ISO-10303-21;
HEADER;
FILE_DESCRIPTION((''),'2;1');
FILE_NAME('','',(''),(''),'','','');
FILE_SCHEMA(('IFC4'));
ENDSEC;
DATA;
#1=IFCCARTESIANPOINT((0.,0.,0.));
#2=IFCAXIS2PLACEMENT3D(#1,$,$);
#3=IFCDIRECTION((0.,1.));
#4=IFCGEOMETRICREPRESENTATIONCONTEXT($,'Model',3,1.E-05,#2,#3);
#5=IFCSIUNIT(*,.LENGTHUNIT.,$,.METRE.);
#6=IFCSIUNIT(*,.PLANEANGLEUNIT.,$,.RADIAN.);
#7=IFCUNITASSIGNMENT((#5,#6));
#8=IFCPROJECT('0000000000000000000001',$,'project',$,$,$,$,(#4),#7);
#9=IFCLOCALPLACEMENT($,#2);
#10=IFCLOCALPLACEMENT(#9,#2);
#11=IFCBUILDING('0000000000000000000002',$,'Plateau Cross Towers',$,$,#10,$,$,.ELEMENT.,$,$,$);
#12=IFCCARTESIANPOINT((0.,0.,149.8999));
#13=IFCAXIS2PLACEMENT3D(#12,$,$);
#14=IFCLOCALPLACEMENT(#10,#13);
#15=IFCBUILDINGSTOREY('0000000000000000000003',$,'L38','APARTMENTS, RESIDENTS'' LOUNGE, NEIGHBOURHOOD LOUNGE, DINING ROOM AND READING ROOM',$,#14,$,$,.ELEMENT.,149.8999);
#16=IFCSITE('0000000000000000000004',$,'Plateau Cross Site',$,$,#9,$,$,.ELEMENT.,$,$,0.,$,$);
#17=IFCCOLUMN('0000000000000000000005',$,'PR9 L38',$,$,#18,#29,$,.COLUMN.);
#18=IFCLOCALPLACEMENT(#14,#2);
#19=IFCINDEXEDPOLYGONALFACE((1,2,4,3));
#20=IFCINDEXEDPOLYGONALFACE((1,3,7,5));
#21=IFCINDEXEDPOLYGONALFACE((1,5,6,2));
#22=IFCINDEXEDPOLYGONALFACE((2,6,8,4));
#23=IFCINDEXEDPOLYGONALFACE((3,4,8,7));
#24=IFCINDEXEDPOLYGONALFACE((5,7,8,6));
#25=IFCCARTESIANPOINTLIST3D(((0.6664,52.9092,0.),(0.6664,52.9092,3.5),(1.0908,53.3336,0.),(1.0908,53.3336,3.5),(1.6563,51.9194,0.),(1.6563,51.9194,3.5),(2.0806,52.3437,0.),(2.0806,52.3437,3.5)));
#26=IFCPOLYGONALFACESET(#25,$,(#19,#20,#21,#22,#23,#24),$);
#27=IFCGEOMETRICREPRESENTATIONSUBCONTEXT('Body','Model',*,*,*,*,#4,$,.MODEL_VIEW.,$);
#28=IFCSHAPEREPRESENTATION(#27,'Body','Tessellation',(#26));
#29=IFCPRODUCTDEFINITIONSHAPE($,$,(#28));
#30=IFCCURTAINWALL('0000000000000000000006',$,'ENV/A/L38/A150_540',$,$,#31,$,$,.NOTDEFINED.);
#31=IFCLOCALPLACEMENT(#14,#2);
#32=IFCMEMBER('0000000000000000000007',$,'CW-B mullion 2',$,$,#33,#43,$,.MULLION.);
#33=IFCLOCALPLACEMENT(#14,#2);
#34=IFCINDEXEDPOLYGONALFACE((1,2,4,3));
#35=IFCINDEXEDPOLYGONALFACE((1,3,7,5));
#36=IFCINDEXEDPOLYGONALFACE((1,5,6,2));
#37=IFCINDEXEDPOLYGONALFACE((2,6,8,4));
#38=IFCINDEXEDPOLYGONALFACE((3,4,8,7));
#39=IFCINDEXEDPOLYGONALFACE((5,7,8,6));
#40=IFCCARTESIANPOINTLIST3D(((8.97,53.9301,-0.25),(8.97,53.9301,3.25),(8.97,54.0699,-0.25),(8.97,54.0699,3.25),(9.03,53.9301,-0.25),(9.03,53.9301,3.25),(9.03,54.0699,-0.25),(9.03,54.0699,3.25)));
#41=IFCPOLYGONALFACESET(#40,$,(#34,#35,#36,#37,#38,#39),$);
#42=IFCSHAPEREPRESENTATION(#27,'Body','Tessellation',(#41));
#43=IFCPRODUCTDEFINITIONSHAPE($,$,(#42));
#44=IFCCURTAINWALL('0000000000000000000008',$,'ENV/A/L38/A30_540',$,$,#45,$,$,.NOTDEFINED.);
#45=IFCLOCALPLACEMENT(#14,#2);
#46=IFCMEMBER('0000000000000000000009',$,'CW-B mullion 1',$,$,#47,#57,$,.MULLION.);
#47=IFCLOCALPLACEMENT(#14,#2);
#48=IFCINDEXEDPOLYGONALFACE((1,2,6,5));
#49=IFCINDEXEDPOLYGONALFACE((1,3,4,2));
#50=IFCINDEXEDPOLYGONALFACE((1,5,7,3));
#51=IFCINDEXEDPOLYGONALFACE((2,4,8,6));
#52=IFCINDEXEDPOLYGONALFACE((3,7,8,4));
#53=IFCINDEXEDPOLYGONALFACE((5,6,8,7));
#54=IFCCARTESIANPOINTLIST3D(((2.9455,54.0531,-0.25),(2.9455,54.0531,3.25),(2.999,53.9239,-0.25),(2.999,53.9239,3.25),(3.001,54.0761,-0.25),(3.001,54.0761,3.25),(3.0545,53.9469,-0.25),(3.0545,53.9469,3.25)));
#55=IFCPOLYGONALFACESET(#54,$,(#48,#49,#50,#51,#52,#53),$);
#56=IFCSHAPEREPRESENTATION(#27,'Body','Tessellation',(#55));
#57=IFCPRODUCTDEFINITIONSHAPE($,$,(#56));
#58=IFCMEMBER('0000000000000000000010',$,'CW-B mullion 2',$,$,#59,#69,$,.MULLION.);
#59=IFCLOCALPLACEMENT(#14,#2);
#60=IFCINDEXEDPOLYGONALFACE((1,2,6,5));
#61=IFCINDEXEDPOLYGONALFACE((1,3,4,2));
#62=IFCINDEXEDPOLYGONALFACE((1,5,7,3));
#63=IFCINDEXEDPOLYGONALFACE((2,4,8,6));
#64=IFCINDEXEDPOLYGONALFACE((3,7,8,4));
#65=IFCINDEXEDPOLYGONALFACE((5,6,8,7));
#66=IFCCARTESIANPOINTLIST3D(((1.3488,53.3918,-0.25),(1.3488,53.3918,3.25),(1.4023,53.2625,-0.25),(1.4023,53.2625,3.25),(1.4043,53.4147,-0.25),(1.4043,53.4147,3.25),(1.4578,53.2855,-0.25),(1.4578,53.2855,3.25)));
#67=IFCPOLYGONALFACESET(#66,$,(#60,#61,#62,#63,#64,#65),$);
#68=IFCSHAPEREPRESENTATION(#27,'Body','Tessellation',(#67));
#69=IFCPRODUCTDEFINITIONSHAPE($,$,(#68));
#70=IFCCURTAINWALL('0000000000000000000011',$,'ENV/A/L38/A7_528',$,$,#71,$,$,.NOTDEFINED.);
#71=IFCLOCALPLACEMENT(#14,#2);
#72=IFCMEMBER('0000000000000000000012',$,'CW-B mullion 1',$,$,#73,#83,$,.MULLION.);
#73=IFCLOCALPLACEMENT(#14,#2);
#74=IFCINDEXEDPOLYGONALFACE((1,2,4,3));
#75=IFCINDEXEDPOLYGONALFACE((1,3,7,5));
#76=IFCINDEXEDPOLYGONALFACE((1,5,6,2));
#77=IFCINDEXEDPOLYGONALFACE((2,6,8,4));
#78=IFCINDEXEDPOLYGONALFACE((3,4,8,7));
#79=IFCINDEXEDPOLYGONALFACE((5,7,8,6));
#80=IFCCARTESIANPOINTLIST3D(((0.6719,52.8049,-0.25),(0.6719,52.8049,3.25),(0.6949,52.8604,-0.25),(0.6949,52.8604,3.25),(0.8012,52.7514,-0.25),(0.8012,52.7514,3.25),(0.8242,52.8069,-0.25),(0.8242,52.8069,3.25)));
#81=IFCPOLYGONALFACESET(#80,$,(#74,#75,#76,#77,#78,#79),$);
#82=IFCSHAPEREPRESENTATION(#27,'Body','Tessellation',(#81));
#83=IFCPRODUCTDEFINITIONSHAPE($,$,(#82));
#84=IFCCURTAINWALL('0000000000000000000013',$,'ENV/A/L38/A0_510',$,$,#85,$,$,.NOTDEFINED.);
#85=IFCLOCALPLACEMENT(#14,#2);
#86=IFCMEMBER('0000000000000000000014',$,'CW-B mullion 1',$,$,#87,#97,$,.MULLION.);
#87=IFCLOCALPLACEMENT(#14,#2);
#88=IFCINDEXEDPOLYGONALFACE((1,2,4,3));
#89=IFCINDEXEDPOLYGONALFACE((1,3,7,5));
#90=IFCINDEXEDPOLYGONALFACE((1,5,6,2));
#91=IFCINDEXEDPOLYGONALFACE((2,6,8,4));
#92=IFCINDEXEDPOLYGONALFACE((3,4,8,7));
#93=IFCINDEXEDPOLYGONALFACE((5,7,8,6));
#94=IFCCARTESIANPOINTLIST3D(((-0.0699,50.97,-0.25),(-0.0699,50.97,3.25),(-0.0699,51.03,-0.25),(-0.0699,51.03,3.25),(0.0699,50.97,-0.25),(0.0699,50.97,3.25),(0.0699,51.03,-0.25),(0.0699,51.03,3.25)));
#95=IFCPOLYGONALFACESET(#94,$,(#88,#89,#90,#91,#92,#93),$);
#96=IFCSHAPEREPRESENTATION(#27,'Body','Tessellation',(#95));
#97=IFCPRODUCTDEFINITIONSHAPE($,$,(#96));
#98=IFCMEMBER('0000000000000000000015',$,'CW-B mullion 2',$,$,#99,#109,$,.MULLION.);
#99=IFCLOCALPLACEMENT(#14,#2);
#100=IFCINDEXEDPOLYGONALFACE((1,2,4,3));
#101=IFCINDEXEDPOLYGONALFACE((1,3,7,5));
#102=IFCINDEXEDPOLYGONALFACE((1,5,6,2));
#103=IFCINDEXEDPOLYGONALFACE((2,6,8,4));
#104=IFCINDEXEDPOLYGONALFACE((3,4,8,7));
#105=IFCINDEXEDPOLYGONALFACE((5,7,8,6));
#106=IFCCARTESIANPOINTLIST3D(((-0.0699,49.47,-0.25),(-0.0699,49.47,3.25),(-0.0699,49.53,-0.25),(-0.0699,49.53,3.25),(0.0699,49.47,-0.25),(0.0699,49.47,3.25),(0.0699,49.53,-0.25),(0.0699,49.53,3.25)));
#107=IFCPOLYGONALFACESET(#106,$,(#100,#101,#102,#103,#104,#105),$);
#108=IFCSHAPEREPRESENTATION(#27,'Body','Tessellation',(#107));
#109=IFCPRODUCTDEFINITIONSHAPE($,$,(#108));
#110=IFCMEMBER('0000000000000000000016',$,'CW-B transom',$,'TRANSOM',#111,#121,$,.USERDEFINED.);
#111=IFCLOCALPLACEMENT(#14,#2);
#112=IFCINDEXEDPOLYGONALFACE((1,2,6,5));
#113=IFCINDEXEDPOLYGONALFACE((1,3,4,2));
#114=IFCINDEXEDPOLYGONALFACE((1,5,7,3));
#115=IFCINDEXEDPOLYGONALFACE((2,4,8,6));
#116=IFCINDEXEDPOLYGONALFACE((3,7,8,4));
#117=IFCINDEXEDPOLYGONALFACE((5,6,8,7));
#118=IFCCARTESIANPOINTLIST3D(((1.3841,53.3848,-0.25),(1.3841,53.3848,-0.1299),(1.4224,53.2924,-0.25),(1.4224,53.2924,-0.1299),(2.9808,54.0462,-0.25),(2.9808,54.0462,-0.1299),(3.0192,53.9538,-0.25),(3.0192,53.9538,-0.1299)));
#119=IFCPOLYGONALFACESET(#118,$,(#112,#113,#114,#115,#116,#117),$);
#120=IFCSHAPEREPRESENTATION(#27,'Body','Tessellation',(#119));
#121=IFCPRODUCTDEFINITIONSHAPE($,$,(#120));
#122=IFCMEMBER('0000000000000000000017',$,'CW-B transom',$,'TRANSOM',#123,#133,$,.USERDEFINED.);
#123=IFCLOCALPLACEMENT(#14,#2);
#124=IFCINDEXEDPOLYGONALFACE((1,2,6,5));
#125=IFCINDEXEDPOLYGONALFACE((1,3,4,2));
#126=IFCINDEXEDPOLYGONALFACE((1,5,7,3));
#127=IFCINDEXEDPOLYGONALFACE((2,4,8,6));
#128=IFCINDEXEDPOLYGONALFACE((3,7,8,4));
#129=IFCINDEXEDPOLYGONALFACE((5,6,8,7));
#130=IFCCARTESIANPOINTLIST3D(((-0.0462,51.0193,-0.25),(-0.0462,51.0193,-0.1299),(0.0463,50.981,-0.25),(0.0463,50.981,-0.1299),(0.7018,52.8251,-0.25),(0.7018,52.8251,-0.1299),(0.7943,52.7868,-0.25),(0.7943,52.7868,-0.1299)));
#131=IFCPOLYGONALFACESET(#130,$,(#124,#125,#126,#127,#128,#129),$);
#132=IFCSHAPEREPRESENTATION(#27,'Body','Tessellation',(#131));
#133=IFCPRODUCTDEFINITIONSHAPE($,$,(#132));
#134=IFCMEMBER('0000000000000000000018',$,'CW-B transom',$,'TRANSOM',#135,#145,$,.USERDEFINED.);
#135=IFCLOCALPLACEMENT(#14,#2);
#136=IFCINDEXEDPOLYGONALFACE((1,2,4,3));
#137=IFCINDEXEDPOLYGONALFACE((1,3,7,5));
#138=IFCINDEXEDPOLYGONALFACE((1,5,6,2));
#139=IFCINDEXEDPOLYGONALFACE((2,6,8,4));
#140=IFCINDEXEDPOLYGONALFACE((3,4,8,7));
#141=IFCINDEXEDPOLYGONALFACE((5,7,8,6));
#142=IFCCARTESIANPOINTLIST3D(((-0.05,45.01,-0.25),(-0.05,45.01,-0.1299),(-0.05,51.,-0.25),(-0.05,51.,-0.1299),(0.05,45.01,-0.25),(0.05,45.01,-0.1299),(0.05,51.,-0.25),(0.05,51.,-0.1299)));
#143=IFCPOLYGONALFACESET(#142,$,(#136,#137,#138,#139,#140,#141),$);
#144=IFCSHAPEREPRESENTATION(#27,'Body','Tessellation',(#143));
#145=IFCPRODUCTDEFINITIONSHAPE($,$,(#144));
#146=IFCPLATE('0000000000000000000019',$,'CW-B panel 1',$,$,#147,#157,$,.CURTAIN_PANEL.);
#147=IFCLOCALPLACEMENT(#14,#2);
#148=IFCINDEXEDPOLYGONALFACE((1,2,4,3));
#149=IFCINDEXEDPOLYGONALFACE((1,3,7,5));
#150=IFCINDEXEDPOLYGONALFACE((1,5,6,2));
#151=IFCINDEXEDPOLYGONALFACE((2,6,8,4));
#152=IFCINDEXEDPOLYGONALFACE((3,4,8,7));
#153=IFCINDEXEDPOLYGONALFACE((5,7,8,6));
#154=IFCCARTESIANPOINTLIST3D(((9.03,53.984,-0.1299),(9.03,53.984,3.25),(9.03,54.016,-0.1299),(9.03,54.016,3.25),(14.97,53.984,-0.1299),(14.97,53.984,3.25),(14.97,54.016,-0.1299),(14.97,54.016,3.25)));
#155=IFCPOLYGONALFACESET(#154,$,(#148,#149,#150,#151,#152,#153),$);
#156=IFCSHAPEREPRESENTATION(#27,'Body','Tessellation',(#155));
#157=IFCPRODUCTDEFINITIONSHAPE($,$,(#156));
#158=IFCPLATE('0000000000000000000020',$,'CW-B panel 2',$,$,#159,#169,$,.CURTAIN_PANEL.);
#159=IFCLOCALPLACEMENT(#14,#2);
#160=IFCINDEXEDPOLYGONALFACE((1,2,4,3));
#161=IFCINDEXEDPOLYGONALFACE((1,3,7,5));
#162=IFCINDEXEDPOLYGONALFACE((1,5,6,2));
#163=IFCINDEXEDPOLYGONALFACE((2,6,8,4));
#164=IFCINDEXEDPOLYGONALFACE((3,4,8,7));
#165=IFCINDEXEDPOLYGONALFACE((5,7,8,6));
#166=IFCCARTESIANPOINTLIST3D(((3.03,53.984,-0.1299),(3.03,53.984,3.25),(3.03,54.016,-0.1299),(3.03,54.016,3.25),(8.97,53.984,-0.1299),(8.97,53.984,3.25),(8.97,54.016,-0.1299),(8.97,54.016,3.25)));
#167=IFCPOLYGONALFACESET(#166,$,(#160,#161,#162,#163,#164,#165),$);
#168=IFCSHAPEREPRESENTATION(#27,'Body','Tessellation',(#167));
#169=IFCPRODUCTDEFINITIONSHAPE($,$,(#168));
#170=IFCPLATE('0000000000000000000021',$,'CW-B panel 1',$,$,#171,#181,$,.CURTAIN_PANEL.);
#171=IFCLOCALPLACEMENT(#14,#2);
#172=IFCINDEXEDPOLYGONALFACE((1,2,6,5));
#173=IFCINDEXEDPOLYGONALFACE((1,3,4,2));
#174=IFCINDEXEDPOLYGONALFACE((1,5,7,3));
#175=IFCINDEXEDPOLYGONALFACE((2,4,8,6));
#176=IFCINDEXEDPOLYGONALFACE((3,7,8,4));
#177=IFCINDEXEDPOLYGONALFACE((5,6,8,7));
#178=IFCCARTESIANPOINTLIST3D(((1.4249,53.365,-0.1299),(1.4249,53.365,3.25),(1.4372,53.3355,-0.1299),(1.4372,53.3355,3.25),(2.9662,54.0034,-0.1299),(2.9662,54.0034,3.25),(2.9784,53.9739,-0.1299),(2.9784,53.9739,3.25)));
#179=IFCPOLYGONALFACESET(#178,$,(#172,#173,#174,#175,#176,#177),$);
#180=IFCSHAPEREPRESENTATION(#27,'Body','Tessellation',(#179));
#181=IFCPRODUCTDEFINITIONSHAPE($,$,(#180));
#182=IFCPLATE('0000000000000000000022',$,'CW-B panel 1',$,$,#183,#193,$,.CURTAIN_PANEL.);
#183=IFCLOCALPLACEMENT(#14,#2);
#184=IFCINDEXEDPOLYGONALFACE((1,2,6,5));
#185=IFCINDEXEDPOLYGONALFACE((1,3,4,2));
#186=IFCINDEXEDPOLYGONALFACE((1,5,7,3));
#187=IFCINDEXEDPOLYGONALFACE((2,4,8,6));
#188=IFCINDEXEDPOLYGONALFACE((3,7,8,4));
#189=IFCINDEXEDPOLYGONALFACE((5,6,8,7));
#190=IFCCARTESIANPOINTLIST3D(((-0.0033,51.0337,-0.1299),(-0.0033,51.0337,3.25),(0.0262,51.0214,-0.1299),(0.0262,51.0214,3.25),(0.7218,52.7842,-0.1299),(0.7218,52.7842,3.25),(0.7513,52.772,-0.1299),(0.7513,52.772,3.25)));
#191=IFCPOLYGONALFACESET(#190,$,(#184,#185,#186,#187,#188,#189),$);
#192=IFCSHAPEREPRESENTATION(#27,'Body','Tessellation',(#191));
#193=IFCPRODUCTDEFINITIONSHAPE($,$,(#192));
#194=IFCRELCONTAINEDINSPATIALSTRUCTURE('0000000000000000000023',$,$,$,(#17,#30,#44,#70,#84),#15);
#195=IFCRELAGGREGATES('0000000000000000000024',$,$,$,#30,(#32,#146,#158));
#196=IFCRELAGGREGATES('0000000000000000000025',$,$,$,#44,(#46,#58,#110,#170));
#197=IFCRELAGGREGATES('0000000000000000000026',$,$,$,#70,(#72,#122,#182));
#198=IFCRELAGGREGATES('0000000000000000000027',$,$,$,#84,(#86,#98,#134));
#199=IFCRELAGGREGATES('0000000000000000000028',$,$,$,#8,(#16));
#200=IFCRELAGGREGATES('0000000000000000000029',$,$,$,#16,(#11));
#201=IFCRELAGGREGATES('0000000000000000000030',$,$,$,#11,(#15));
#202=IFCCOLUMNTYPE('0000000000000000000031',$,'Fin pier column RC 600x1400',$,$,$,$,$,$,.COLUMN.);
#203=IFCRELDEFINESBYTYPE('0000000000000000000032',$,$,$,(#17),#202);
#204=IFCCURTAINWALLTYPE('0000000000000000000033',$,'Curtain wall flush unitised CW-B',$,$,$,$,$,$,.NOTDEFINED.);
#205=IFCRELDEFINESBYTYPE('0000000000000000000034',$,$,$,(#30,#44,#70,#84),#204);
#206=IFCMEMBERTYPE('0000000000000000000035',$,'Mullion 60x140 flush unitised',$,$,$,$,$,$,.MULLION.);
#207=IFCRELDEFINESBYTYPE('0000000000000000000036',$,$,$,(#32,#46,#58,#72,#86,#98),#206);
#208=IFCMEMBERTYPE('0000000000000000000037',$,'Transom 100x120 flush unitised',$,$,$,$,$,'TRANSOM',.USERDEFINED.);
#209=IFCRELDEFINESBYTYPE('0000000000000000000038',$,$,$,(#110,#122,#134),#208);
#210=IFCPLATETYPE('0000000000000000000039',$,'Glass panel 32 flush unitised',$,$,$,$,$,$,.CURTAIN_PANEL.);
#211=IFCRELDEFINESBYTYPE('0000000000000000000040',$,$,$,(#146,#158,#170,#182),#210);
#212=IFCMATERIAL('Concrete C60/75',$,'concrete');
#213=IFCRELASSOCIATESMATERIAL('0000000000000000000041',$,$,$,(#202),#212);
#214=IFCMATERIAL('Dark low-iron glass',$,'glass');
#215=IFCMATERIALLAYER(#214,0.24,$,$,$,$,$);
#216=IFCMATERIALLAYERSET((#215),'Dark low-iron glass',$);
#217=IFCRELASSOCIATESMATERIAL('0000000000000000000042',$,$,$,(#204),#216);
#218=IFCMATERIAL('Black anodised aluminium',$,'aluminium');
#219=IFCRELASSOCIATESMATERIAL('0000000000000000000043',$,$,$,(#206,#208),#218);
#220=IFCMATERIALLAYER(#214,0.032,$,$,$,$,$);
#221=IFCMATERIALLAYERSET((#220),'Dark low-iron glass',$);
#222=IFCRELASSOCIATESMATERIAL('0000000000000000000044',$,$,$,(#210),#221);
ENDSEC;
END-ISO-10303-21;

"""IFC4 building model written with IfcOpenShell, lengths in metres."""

from ifc_helpers import new_model, si_unit, direction, frame, origin, origin_2d, place, context, subcontext, project, spatial, rectangle, extrude, material, layer, layer_set, material_profile, profile_set, type_object, element, aggregate, save


model = new_model("IFC4")

# Units and contexts
model_context = context("Model", 3, precision=1e-05, world=origin(), true_north=direction((0.0, 1.0)))
body_context = subcontext(model_context, "Body", "Model", "MODEL_VIEW")
ifc_project = project(units=[si_unit("LENGTHUNIT", "METRE"), si_unit("PLANEANGLEUNIT", "RADIAN")], contexts=[model_context])

# Site, building, storey
site_placement = place(None, origin())
site = spatial("IfcSite", under=ifc_project, at=site_placement, Name="Plateau Cross Site", CompositionType="ELEMENT", RefElevation=0.0)
building_placement = place(site_placement, origin())
building = spatial("IfcBuilding", under=site, at=building_placement, Name="Plateau Cross Towers", CompositionType="ELEMENT")
storey_placement = place(building_placement, frame((0.0, 0.0, 149.8999)))
storey = spatial("IfcBuildingStorey", under=building, at=storey_placement, Name="L38", Description="APARTMENTS, RESIDENTS' LOUNGE, NEIGHBOURHOOD LOUNGE, DINING ROOM AND READING ROOM", CompositionType="ELEMENT", Elevation=149.8999)

# Column
ifc_material_1 = material(Name="Concrete C60/75", Category="concrete")
ifc_material_profile_1 = material_profile(ifc_material_1, rectangle(XDim=0.6001, YDim=1.3999, at=origin_2d()), Name="RC 600x1400")
ifc_profile_set_1 = profile_set([ifc_material_profile_1], Name="Concrete C60/75")
column_type = type_object("IfcColumnType", Name="Fin pier column RC 600x1400", PredefinedType="COLUMN", material=ifc_profile_set_1)
column_placement = place(storey_placement, frame((1.3735, 52.6265, 0.0), z_axis=(0.0, 0.0, 1.0), x_axis=(0.707107, 0.707107, 0.0)))
element("IfcColumn", 1, at=column_placement, inside=storey, type_object=column_type, Name="PR9 L38", PredefinedType="COLUMN", context=body_context, shape_type="SweptSolid", body=[
    extrude(rectangle(XDim=0.6001, YDim=1.3999, at=origin_2d()), origin(), (0.0, 0.0, 1.0), 3.5),
])

# Curtain wall, member
ifc_material_2 = material(Name="Dark low-iron glass", Category="glass")
ifc_layer_1 = layer(ifc_material_2, 0.24)
ifc_layer_set_1 = layer_set([ifc_layer_1], Name="Dark low-iron glass")
curtain_wall_type = type_object("IfcCurtainWallType", Name="Curtain wall flush unitised CW-B", PredefinedType="NOTDEFINED", material=ifc_layer_set_1)
curtain_wall_1_placement = place(storey_placement, origin())
curtain_wall_1 = element("IfcCurtainWall", 2, at=curtain_wall_1_placement, inside=storey, type_object=curtain_wall_type, Name="ENV/A/L38/A150_540", PredefinedType="NOTDEFINED")
ifc_material_3 = material(Name="Black anodised aluminium", Category="aluminium")
ifc_material_profile_2 = material_profile(ifc_material_3, rectangle(XDim=0.0601, YDim=0.1399, at=origin_2d()), Name="MULLION 60x140")
ifc_profile_set_2 = profile_set([ifc_material_profile_2], Name="Black anodised aluminium")
member_type_1 = type_object("IfcMemberType", Name="Mullion 60x140 flush unitised", PredefinedType="MULLION", material=ifc_profile_set_2)
member_1_placement = place(storey_placement, frame((9.0, 54.0, -0.25), z_axis=(0.0, 0.0, 1.0), x_axis=(-1.0, 0.0, 0.0)))
member_1 = element("IfcMember", 3, at=member_1_placement, type_object=member_type_1, Name="CW-B mullion 2", PredefinedType="MULLION", context=body_context, shape_type="SweptSolid", body=[
    extrude(rectangle(XDim=0.0601, YDim=0.1399, at=origin_2d()), origin(), (0.0, 0.0, 1.0), 3.5),
])

# Curtain wall, members
curtain_wall_2_placement = place(storey_placement, origin())
curtain_wall_2 = element("IfcCurtainWall", 4, at=curtain_wall_2_placement, inside=storey, type_object=curtain_wall_type, Name="ENV/A/L38/A30_540", PredefinedType="NOTDEFINED")
member_2_placement = place(storey_placement, frame((3.0, 54.0, -0.25), z_axis=(0.0, 0.0, 1.0), x_axis=(-0.923879, -0.382684, 0.0)))
member_2 = element("IfcMember", 5, at=member_2_placement, type_object=member_type_1, Name="CW-B mullion 1", PredefinedType="MULLION", context=body_context, shape_type="SweptSolid", body=[
    extrude(rectangle(XDim=0.0601, YDim=0.1399, at=origin_2d()), origin(), (0.0, 0.0, 1.0), 3.5),
])
member_3_placement = place(storey_placement, frame((1.4033, 53.3386, -0.25), z_axis=(0.0, 0.0, 1.0), x_axis=(-0.923879, -0.382684, 0.0)))
member_3 = element("IfcMember", 6, at=member_3_placement, type_object=member_type_1, Name="CW-B mullion 2", PredefinedType="MULLION", context=body_context, shape_type="SweptSolid", body=[
    extrude(rectangle(XDim=0.0601, YDim=0.1399, at=origin_2d()), origin(), (0.0, 0.0, 1.0), 3.5),
])

# Curtain wall, member
curtain_wall_3_placement = place(storey_placement, origin())
curtain_wall_3 = element("IfcCurtainWall", 7, at=curtain_wall_3_placement, inside=storey, type_object=curtain_wall_type, Name="ENV/A/L38/A7_528", PredefinedType="NOTDEFINED")
member_4_placement = place(storey_placement, frame((0.748, 52.8059, -0.25), z_axis=(0.0, 0.0, 1.0), x_axis=(-0.382684, -0.923879, 0.0)))
member_4 = element("IfcMember", 8, at=member_4_placement, type_object=member_type_1, Name="CW-B mullion 1", PredefinedType="MULLION", context=body_context, shape_type="SweptSolid", body=[
    extrude(rectangle(XDim=0.0601, YDim=0.1399, at=origin_2d()), origin(), (0.0, 0.0, 1.0), 3.5),
])

# Curtain wall, members
curtain_wall_4_placement = place(storey_placement, origin())
curtain_wall_4 = element("IfcCurtainWall", 9, at=curtain_wall_4_placement, inside=storey, type_object=curtain_wall_type, Name="ENV/A/L38/A0_510", PredefinedType="NOTDEFINED")
member_5_placement = place(storey_placement, frame((0.0, 51.0, -0.25), z_axis=(0.0, 0.0, 1.0), x_axis=(0.0, -1.0, 0.0)))
member_5 = element("IfcMember", 10, at=member_5_placement, type_object=member_type_1, Name="CW-B mullion 1", PredefinedType="MULLION", context=body_context, shape_type="SweptSolid", body=[
    extrude(rectangle(XDim=0.0601, YDim=0.1399, at=origin_2d()), origin(), (0.0, 0.0, 1.0), 3.5),
])
member_6_placement = place(storey_placement, frame((0.0, 49.5, -0.25), z_axis=(0.0, 0.0, 1.0), x_axis=(0.0, -1.0, 0.0)))
member_6 = element("IfcMember", 11, at=member_6_placement, type_object=member_type_1, Name="CW-B mullion 2", PredefinedType="MULLION", context=body_context, shape_type="SweptSolid", body=[
    extrude(rectangle(XDim=0.0601, YDim=0.1399, at=origin_2d()), origin(), (0.0, 0.0, 1.0), 3.5),
])

# Members
ifc_material_profile_3 = material_profile(ifc_material_3, rectangle(XDim=0.1001, YDim=0.1201, at=origin_2d()), Name="TRANSOM 100x120")
ifc_profile_set_3 = profile_set([ifc_material_profile_3], Name="Black anodised aluminium")
member_type_2 = type_object("IfcMemberType", Name="Transom 100x120 flush unitised", ElementType="TRANSOM", PredefinedType="USERDEFINED", material=ifc_profile_set_3)
member_7_placement = place(storey_placement, frame((3.0, 54.0, -0.1899), z_axis=(-0.923877, -0.382689, 0.0), x_axis=(0.382689, -0.923877, 0.0)))
member_7 = element("IfcMember", 12, at=member_7_placement, type_object=member_type_2, Name="CW-B transom", ObjectType="TRANSOM", PredefinedType="USERDEFINED", context=body_context, shape_type="SweptSolid", body=[
    extrude(rectangle(XDim=0.1001, YDim=0.1201, at=origin_2d()), origin(), (0.0, 0.0, 1.0), 1.7283),
])
member_8_placement = place(storey_placement, frame((0.748, 52.8059, -0.1899), z_axis=(-0.38269, -0.923877, 0.0), x_axis=(0.923877, -0.38269, 0.0)))
member_8 = element("IfcMember", 13, at=member_8_placement, type_object=member_type_2, Name="CW-B transom", ObjectType="TRANSOM", PredefinedType="USERDEFINED", context=body_context, shape_type="SweptSolid", body=[
    extrude(rectangle(XDim=0.1001, YDim=0.1201, at=origin_2d()), origin(), (0.0, 0.0, 1.0), 1.9546),
])
member_9_placement = place(storey_placement, frame((0.0, 51.0, -0.1899), z_axis=(0.0, -1.0, 0.0), x_axis=(1.0, 0.0, 0.0)))
member_9 = element("IfcMember", 14, at=member_9_placement, type_object=member_type_2, Name="CW-B transom", ObjectType="TRANSOM", PredefinedType="USERDEFINED", context=body_context, shape_type="SweptSolid", body=[
    extrude(rectangle(XDim=0.1001, YDim=0.1201, at=origin_2d()), origin(), (0.0, 0.0, 1.0), 5.99),
])

# Plates
ifc_layer_2 = layer(ifc_material_2, 0.032)
ifc_layer_set_2 = layer_set([ifc_layer_2], Name="Dark low-iron glass")
plate_type = type_object("IfcPlateType", Name="Glass panel 32 flush unitised", PredefinedType="CURTAIN_PANEL", material=ifc_layer_set_2)
plate_1_placement = place(storey_placement, frame((12.0, 54.0, -0.1299), z_axis=(0.0, 0.0, 1.0), x_axis=(-1.0, 0.0, 0.0)))
plate_1 = element("IfcPlate", 15, at=plate_1_placement, type_object=plate_type, Name="CW-B panel 1", PredefinedType="CURTAIN_PANEL", context=body_context, shape_type="SweptSolid", body=[
    extrude(rectangle(XDim=5.9399, YDim=0.032, at=origin_2d()), origin(), (0.0, 0.0, 1.0), 3.3799),
])
plate_2_placement = place(storey_placement, frame((6.0, 54.0, -0.1299), z_axis=(0.0, 0.0, 1.0), x_axis=(-1.0, 0.0, 0.0)))
plate_2 = element("IfcPlate", 16, at=plate_2_placement, type_object=plate_type, Name="CW-B panel 2", PredefinedType="CURTAIN_PANEL", context=body_context, shape_type="SweptSolid", body=[
    extrude(rectangle(XDim=5.9399, YDim=0.032, at=origin_2d()), origin(), (0.0, 0.0, 1.0), 3.3799),
])
aggregate(curtain_wall_1, [member_1, plate_1, plate_2])
plate_3_placement = place(storey_placement, frame((2.2017, 53.6694, -0.1299), z_axis=(0.0, 0.0, 1.0), x_axis=(-0.923879, -0.382684, 0.0)))
plate_3 = element("IfcPlate", 17, at=plate_3_placement, type_object=plate_type, Name="CW-B panel 1", PredefinedType="CURTAIN_PANEL", context=body_context, shape_type="SweptSolid", body=[
    extrude(rectangle(XDim=1.6682, YDim=0.032, at=origin_2d()), origin(), (0.0, 0.0, 1.0), 3.3799),
])
aggregate(curtain_wall_2, [member_2, member_3, member_7, plate_3])
plate_4_placement = place(storey_placement, frame((0.374, 51.9028, -0.1299), z_axis=(0.0, 0.0, 1.0), x_axis=(-0.382684, -0.923879, 0.0)))
plate_4 = element("IfcPlate", 18, at=plate_4_placement, type_object=plate_type, Name="CW-B panel 1", PredefinedType="CURTAIN_PANEL", context=body_context, shape_type="SweptSolid", body=[
    extrude(rectangle(XDim=1.8948, YDim=0.032, at=origin_2d()), origin(), (0.0, 0.0, 1.0), 3.3799),
])
aggregate(curtain_wall_3, [member_4, member_8, plate_4])
aggregate(curtain_wall_4, [member_5, member_6, member_9])

save(model, "model.ifc")
